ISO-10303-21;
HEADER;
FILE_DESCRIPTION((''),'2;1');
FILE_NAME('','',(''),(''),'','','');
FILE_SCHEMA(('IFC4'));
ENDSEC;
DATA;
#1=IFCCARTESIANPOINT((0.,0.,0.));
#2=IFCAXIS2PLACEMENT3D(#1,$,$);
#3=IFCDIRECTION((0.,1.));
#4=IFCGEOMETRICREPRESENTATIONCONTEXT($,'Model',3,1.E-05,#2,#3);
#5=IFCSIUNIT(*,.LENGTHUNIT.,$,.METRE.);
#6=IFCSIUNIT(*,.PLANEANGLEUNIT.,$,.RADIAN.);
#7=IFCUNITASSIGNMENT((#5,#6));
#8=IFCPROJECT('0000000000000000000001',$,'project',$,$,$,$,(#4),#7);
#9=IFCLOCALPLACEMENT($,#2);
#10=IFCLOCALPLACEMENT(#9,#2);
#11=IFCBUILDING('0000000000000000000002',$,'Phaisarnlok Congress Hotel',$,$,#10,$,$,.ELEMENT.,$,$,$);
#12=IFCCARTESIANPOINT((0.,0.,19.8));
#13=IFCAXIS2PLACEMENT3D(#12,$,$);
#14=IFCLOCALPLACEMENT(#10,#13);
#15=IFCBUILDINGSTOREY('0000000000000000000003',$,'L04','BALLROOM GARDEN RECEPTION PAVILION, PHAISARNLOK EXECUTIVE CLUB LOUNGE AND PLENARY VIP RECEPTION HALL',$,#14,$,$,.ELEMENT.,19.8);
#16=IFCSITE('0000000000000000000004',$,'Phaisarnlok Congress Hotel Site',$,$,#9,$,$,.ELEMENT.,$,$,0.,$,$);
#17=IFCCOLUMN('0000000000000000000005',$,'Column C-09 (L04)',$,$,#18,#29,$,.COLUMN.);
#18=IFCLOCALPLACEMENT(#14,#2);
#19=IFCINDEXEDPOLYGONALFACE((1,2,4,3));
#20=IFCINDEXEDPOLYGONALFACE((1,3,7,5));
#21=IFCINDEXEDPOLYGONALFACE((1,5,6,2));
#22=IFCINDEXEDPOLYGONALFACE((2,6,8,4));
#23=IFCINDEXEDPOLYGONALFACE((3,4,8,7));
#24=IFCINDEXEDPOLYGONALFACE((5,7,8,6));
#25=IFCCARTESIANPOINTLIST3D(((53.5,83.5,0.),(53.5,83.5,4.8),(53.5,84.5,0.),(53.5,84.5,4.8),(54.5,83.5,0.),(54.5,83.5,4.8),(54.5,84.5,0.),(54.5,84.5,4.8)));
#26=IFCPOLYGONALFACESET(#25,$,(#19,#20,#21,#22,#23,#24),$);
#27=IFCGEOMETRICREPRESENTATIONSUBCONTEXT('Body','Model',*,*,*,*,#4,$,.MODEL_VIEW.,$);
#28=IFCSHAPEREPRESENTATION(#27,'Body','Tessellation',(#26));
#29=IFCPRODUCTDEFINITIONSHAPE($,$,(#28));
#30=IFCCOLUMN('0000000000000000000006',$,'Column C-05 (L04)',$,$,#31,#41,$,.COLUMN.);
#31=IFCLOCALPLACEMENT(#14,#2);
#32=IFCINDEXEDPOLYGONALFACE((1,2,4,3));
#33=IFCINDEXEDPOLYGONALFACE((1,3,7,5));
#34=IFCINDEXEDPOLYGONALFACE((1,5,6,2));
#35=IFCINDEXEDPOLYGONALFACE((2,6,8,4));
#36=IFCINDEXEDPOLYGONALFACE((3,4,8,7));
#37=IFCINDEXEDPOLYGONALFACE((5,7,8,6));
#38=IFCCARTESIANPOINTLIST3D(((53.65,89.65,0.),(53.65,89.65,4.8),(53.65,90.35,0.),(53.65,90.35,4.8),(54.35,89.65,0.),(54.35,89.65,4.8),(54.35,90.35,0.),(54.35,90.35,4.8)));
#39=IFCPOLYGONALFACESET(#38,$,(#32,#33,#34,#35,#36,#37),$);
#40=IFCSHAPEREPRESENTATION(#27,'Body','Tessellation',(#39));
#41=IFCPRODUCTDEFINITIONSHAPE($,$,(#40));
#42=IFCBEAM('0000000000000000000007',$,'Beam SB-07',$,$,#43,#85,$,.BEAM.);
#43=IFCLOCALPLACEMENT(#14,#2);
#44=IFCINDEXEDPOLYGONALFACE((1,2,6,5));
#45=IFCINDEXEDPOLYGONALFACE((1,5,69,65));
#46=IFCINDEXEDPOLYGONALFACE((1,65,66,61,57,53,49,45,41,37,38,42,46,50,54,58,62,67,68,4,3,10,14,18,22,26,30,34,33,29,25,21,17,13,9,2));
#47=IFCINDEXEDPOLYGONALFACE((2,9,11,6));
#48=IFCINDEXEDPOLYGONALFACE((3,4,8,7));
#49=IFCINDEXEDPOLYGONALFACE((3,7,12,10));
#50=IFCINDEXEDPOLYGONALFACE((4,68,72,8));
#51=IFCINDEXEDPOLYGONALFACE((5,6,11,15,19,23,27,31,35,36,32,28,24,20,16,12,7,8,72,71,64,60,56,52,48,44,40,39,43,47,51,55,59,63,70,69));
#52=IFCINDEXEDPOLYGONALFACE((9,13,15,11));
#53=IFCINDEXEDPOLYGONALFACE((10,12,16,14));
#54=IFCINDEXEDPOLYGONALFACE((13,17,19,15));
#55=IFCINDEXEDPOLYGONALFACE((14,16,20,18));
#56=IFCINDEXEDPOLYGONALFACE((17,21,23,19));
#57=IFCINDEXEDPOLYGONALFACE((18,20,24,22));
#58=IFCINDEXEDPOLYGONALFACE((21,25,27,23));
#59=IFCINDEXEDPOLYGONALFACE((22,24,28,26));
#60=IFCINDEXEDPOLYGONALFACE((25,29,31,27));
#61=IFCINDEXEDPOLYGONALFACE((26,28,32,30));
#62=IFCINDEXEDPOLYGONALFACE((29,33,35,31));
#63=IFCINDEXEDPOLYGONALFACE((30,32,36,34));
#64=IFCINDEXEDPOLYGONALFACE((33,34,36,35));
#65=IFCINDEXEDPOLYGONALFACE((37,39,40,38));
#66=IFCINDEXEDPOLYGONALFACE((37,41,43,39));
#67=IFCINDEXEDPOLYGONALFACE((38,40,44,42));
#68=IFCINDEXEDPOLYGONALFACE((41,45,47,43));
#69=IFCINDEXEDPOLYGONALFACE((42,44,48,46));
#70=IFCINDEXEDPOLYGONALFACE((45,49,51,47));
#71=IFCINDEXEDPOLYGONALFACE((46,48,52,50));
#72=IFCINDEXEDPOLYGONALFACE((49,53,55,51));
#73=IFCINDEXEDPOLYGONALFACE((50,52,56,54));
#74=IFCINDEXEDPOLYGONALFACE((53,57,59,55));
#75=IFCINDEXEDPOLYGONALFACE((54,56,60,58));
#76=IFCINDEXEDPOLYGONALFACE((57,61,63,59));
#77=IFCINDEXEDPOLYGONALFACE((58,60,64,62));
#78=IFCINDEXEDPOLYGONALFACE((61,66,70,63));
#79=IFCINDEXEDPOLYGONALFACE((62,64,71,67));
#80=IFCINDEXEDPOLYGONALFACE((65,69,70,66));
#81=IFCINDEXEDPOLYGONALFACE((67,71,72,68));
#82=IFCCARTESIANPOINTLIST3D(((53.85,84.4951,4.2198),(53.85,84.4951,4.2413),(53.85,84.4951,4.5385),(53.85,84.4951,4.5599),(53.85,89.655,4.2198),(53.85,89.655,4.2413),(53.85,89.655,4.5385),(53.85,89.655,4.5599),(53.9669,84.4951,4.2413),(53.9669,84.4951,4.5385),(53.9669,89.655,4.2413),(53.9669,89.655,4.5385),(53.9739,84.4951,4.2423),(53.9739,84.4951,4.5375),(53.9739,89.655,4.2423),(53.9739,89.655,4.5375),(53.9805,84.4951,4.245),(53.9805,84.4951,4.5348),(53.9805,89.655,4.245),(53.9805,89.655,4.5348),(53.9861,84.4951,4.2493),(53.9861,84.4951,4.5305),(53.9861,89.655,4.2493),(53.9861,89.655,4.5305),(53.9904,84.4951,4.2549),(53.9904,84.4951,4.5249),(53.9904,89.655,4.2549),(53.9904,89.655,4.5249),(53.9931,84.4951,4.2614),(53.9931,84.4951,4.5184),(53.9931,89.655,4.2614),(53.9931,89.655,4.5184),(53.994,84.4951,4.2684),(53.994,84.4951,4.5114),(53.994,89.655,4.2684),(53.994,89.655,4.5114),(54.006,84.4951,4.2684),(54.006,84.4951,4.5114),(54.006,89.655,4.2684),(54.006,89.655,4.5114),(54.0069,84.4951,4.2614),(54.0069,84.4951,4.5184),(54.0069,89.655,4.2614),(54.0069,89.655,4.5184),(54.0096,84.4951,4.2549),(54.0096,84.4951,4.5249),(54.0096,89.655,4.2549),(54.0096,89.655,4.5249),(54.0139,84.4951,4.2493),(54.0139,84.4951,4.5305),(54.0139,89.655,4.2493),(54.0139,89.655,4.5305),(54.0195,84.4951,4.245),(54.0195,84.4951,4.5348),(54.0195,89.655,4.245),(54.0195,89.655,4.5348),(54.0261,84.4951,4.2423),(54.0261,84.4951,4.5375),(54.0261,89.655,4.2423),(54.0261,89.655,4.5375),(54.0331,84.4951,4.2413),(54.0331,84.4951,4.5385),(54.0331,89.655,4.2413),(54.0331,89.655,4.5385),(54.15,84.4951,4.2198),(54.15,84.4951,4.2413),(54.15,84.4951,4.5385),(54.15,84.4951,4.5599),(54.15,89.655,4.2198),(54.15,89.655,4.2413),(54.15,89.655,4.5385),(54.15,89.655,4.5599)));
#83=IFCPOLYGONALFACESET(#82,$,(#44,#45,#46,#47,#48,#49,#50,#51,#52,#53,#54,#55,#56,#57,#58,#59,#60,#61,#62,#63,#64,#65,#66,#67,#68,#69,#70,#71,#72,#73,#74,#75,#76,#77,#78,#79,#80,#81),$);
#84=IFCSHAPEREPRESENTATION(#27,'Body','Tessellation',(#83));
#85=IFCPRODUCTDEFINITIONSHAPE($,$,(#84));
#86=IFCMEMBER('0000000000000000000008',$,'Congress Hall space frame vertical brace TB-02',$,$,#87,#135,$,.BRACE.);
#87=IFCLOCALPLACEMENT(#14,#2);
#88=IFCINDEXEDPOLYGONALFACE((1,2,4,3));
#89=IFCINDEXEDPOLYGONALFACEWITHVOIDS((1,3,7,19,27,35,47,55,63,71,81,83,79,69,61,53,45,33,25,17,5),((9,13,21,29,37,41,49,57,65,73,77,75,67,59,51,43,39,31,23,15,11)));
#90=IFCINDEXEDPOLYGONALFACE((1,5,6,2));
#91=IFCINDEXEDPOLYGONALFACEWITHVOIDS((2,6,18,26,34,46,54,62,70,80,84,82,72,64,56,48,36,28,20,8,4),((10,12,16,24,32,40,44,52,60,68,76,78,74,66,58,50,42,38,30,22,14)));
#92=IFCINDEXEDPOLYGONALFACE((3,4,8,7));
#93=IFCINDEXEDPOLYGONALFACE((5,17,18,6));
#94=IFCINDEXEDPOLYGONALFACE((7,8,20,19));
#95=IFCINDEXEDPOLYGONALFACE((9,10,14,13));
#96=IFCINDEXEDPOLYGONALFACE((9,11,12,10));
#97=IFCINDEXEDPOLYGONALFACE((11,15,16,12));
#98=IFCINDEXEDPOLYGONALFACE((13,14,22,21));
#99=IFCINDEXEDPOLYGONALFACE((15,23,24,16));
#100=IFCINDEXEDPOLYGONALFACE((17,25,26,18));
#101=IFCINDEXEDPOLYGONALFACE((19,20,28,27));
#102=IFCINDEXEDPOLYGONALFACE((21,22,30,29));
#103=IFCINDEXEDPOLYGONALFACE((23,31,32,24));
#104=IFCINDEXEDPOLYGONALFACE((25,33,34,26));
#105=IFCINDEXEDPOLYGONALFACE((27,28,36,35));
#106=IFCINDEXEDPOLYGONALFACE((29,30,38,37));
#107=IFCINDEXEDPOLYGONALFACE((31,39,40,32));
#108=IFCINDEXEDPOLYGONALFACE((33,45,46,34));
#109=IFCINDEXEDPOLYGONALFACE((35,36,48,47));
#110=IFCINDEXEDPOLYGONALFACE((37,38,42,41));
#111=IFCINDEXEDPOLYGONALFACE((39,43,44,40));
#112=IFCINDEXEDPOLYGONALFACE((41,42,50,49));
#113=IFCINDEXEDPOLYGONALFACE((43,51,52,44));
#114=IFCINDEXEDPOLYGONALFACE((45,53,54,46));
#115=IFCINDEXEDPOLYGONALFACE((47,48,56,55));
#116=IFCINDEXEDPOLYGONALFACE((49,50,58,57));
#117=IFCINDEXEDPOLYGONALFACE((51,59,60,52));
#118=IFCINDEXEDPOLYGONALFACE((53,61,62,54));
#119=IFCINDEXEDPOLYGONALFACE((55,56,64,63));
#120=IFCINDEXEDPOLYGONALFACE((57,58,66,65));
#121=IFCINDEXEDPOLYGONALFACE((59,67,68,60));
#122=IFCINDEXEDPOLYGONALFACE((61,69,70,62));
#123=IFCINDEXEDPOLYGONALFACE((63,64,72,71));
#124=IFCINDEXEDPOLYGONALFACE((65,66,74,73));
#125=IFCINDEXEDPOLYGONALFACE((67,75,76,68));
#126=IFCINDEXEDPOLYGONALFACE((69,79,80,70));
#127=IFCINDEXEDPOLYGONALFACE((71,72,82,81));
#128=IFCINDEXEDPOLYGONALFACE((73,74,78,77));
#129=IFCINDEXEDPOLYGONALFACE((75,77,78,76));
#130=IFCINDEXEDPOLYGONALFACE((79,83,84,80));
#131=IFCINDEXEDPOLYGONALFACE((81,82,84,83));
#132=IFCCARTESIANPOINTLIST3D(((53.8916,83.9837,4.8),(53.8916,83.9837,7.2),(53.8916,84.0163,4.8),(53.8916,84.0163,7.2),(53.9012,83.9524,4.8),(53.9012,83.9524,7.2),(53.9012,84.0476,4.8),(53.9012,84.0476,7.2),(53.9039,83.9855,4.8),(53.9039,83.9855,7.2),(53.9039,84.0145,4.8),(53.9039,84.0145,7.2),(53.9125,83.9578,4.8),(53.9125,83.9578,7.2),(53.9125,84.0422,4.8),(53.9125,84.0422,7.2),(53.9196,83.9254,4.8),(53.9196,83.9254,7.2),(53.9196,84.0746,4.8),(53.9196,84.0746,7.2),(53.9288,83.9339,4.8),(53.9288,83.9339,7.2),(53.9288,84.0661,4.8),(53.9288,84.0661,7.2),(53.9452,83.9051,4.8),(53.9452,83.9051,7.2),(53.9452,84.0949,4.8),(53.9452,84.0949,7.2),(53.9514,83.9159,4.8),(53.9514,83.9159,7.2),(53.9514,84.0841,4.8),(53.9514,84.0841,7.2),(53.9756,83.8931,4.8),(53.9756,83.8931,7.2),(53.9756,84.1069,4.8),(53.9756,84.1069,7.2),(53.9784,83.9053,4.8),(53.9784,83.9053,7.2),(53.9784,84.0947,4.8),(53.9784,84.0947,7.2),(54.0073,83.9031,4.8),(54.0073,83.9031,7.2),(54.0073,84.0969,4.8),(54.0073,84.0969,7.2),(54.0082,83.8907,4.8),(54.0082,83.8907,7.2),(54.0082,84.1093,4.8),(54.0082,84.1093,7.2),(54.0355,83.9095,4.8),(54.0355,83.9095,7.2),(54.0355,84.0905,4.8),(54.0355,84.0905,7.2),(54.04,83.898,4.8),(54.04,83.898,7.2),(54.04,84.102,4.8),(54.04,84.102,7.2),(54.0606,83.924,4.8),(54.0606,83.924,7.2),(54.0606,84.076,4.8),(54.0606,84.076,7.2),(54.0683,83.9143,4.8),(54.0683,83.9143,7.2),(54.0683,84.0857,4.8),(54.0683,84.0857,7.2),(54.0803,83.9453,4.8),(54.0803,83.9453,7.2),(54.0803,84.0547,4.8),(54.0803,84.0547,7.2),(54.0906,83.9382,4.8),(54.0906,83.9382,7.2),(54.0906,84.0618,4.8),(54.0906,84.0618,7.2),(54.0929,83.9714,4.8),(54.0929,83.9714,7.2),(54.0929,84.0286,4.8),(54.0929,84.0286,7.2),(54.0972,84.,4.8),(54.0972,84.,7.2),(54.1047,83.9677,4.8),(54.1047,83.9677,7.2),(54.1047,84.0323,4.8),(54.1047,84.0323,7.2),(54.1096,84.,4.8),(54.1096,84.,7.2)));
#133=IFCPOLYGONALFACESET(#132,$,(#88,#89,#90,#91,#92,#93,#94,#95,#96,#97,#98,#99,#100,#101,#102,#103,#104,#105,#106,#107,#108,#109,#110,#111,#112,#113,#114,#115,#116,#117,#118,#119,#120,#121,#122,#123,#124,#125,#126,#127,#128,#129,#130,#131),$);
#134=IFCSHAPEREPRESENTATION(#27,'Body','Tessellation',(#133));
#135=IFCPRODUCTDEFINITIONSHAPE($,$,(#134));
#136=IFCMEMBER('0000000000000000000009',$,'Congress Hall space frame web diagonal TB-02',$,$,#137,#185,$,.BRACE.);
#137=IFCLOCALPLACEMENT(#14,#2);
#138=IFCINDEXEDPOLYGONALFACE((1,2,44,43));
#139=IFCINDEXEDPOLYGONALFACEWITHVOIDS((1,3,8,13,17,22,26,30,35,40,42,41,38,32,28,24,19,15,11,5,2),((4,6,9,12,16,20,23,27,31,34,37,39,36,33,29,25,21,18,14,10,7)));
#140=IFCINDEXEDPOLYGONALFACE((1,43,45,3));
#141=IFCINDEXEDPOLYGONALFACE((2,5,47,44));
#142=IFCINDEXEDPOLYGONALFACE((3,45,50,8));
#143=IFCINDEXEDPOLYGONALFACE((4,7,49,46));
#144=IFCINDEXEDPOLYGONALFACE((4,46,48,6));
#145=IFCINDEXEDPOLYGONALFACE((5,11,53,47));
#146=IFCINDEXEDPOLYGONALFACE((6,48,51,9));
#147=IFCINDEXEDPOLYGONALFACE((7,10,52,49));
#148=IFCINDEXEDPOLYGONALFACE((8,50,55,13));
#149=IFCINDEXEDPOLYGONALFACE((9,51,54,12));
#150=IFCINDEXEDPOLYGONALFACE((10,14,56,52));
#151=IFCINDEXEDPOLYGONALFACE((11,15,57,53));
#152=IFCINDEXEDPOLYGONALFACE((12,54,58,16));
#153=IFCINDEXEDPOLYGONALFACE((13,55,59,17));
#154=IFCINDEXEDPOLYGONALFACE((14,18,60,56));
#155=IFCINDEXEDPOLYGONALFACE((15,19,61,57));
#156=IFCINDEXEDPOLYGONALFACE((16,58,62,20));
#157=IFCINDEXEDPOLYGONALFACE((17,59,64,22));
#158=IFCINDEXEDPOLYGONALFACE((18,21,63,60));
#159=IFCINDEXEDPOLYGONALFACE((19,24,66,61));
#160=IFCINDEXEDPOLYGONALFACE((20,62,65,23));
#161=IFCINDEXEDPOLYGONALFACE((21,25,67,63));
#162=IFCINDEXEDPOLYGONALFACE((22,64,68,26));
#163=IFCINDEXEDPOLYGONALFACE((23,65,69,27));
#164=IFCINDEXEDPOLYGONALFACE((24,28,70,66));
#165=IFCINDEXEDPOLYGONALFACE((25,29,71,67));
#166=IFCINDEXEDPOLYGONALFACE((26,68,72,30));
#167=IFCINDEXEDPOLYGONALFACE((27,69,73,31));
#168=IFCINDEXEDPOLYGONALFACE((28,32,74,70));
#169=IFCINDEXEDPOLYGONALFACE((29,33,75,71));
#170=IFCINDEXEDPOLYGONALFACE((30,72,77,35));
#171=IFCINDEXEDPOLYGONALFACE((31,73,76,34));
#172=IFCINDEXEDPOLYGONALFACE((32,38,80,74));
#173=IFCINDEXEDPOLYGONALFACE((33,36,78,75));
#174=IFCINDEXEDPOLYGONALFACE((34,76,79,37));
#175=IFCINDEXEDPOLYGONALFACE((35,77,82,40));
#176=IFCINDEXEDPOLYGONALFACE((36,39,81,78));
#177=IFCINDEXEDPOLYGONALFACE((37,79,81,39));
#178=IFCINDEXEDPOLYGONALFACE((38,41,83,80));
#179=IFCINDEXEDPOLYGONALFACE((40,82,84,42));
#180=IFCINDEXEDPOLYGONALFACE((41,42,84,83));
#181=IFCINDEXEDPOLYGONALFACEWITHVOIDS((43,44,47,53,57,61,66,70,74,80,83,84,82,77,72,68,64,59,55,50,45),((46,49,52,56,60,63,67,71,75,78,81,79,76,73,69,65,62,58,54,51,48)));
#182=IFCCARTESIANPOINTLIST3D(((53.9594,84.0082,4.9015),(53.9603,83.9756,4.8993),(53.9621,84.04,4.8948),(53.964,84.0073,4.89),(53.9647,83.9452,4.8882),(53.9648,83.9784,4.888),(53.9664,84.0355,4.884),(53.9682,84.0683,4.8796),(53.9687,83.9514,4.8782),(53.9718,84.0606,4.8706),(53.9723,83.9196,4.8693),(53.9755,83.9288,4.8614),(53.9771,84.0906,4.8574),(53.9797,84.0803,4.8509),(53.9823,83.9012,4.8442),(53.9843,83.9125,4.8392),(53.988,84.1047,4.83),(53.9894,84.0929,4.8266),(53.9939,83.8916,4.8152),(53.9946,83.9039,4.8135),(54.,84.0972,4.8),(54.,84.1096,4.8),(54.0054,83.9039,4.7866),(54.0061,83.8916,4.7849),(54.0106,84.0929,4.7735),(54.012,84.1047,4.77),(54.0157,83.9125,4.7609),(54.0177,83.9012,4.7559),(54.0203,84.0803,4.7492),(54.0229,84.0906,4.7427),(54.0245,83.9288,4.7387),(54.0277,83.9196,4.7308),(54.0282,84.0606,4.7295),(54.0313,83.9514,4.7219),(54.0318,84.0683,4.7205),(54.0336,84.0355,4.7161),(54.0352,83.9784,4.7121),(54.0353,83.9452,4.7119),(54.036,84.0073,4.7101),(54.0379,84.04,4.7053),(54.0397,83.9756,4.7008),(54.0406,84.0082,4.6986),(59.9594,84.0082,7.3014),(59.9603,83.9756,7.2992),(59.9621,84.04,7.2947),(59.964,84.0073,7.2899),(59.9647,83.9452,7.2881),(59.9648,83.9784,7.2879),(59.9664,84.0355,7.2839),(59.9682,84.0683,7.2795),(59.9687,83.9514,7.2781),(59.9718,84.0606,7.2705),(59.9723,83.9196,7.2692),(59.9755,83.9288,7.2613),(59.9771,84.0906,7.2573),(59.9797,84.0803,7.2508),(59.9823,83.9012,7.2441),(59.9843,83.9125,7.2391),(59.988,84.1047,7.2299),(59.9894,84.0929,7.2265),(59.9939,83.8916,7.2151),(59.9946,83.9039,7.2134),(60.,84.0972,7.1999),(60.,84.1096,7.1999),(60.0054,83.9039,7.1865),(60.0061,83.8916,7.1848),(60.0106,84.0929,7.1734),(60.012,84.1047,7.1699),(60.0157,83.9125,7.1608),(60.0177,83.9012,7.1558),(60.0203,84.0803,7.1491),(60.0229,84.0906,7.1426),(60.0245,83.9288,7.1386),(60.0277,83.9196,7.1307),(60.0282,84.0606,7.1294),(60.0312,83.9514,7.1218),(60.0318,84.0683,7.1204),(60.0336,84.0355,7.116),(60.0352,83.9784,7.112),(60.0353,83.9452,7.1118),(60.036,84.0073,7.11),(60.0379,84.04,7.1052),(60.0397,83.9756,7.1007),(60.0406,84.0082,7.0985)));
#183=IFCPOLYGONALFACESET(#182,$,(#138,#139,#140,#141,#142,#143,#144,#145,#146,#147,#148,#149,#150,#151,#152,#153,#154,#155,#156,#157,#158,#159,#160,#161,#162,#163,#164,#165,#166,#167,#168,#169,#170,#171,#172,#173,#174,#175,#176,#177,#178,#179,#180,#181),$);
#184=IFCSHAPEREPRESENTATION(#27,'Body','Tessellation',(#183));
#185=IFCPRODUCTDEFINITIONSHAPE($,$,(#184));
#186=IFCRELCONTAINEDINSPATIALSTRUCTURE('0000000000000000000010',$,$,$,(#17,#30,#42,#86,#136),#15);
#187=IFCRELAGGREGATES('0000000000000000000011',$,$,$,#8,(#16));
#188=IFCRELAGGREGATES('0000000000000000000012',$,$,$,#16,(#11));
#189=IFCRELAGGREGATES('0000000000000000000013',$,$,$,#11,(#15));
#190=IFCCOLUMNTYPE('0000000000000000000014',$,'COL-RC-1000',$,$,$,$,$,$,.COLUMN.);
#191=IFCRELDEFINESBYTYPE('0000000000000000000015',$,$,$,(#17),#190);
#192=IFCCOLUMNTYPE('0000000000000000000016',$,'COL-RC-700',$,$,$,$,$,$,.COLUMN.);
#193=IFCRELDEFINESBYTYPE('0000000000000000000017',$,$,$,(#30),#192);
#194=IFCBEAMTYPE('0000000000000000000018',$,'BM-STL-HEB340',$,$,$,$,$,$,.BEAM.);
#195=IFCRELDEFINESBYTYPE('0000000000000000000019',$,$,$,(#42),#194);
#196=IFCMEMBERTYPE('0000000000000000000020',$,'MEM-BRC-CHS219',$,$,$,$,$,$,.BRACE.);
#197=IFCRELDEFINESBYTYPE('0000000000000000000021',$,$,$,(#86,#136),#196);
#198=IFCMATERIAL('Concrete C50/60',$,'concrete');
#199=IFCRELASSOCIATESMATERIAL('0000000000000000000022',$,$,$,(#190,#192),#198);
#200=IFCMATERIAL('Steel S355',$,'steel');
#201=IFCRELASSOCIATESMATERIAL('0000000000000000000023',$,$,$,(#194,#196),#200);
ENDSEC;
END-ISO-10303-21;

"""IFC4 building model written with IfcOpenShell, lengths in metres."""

from ifc_helpers import new_model, si_unit, direction, frame, origin, origin_2d, place, context, subcontext, project, spatial, rectangle, hollow_circle, i_section, extrude, material, material_profile, profile_set, type_object, element, save


model = new_model("IFC4")

# Units and contexts
model_context = context("Model", 3, precision=1e-05, world=origin(), true_north=direction((0.0, 1.0)))
body_context = subcontext(model_context, "Body", "Model", "MODEL_VIEW")
ifc_project = project(units=[si_unit("LENGTHUNIT", "METRE"), si_unit("PLANEANGLEUNIT", "RADIAN")], contexts=[model_context])

# Site, building, storey
site_placement = place(None, origin())
site = spatial("IfcSite", under=ifc_project, at=site_placement, Name="Phaisarnlok Congress Hotel Site", CompositionType="ELEMENT", RefElevation=0.0)
building_placement = place(site_placement, origin())
building = spatial("IfcBuilding", under=site, at=building_placement, Name="Phaisarnlok Congress Hotel", CompositionType="ELEMENT")
storey_placement = place(building_placement, frame((0.0, 0.0, 19.8)))
storey = spatial("IfcBuildingStorey", under=building, at=storey_placement, Name="L04", Description="BALLROOM GARDEN RECEPTION PAVILION, PHAISARNLOK EXECUTIVE CLUB LOUNGE AND PLENARY VIP RECEPTION HALL", CompositionType="ELEMENT", Elevation=19.8)

# Columns
ifc_material_1 = material(Name="Concrete C50/60", Category="concrete")
ifc_material_profile_1 = material_profile(ifc_material_1, rectangle(XDim=1.0, YDim=1.0, at=origin_2d()), Name="RC 1000x1000")
ifc_profile_set_1 = profile_set([ifc_material_profile_1], Name="Concrete C50/60")
column_type_1 = type_object("IfcColumnType", Name="COL-RC-1000", PredefinedType="COLUMN", material=ifc_profile_set_1)
column_1_placement = place(storey_placement, frame((54.0, 84.0, 0.0), z_axis=(0.0, 0.0, 1.0), x_axis=(1.0, 0.0, 0.0)))
element("IfcColumn", 1, at=column_1_placement, inside=storey, type_object=column_type_1, Name="Column C-09 (L04)", PredefinedType="COLUMN", context=body_context, shape_type="SweptSolid", body=[
    extrude(rectangle(XDim=1.0, YDim=1.0, at=origin_2d()), origin(), (0.0, 0.0, 1.0), 4.8),
])
ifc_material_profile_2 = material_profile(ifc_material_1, rectangle(XDim=0.7, YDim=0.7, at=origin_2d()), Name="RC 700x700")
ifc_profile_set_2 = profile_set([ifc_material_profile_2], Name="Concrete C50/60")
column_type_2 = type_object("IfcColumnType", Name="COL-RC-700", PredefinedType="COLUMN", material=ifc_profile_set_2)
column_2_placement = place(storey_placement, frame((54.0, 90.0, 0.0), z_axis=(0.0, 0.0, 1.0), x_axis=(1.0, 0.0, 0.0)))
element("IfcColumn", 2, at=column_2_placement, inside=storey, type_object=column_type_2, Name="Column C-05 (L04)", PredefinedType="COLUMN", context=body_context, shape_type="SweptSolid", body=[
    extrude(rectangle(XDim=0.7, YDim=0.7, at=origin_2d()), origin(), (0.0, 0.0, 1.0), 4.8),
])

# Beam
ifc_material_2 = material(Name="Steel S355", Category="steel")
ifc_material_profile_3 = material_profile(ifc_material_2, i_section(OverallWidth=0.3, OverallDepth=0.3401, WebThickness=0.012, FlangeThickness=0.0215, FilletRadius=0.0271, at=origin_2d()), Name="HEB 340")
ifc_profile_set_3 = profile_set([ifc_material_profile_3], Name="Steel S355")
beam_type_1 = type_object("IfcBeamType", Name="BM-STL-HEB340", PredefinedType="BEAM", material=ifc_profile_set_3)
beam_1_placement = place(storey_placement, frame((54.0, 84.4951, 4.3899), z_axis=(0.0, 1.0, 0.0), x_axis=(-1.0, 0.0, 0.0)))
element("IfcBeam", 3, at=beam_1_placement, inside=storey, type_object=beam_type_1, Name="Beam SB-07", PredefinedType="BEAM", context=body_context, shape_type="SweptSolid", body=[
    extrude(i_section(OverallWidth=0.3, OverallDepth=0.3401, WebThickness=0.012, FlangeThickness=0.0215, FilletRadius=0.0271, at=origin_2d()), origin(), (0.0, 0.0, 1.0), 5.1599),
])

# Members
ifc_material_profile_4 = material_profile(ifc_material_2, hollow_circle(Radius=0.1096, WallThickness=0.0125, at=origin_2d()), Name="CHS 219.1x12.5")
ifc_profile_set_4 = profile_set([ifc_material_profile_4], Name="Steel S355")
member_type_1 = type_object("IfcMemberType", Name="MEM-BRC-CHS219", PredefinedType="BRACE", material=ifc_profile_set_4)
member_1_placement = place(storey_placement, frame((54.0, 84.0, 4.8), z_axis=(0.0, 0.0, 1.0), x_axis=(1.0, 0.0, 0.0)))
element("IfcMember", 4, at=member_1_placement, inside=storey, type_object=member_type_1, Name="Congress Hall space frame vertical brace TB-02", PredefinedType="BRACE", context=body_context, shape_type="SweptSolid", body=[
    extrude(hollow_circle(Radius=0.1096, WallThickness=0.0125, at=origin_2d()), origin(), (0.0, 0.0, 1.0), 2.3999),
])
member_2_placement = place(storey_placement, frame((54.0, 84.0, 4.8), z_axis=(0.928482, 0.0, 0.371378), x_axis=(0.0, 1.0, 0.0)))
element("IfcMember", 5, at=member_2_placement, inside=storey, type_object=member_type_1, Name="Congress Hall space frame web diagonal TB-02", PredefinedType="BRACE", context=body_context, shape_type="SweptSolid", body=[
    extrude(hollow_circle(Radius=0.1096, WallThickness=0.0125, at=origin_2d()), origin(), (0.0, 0.0, 1.0), 6.4622),
])

save(model, "model.ifc")
